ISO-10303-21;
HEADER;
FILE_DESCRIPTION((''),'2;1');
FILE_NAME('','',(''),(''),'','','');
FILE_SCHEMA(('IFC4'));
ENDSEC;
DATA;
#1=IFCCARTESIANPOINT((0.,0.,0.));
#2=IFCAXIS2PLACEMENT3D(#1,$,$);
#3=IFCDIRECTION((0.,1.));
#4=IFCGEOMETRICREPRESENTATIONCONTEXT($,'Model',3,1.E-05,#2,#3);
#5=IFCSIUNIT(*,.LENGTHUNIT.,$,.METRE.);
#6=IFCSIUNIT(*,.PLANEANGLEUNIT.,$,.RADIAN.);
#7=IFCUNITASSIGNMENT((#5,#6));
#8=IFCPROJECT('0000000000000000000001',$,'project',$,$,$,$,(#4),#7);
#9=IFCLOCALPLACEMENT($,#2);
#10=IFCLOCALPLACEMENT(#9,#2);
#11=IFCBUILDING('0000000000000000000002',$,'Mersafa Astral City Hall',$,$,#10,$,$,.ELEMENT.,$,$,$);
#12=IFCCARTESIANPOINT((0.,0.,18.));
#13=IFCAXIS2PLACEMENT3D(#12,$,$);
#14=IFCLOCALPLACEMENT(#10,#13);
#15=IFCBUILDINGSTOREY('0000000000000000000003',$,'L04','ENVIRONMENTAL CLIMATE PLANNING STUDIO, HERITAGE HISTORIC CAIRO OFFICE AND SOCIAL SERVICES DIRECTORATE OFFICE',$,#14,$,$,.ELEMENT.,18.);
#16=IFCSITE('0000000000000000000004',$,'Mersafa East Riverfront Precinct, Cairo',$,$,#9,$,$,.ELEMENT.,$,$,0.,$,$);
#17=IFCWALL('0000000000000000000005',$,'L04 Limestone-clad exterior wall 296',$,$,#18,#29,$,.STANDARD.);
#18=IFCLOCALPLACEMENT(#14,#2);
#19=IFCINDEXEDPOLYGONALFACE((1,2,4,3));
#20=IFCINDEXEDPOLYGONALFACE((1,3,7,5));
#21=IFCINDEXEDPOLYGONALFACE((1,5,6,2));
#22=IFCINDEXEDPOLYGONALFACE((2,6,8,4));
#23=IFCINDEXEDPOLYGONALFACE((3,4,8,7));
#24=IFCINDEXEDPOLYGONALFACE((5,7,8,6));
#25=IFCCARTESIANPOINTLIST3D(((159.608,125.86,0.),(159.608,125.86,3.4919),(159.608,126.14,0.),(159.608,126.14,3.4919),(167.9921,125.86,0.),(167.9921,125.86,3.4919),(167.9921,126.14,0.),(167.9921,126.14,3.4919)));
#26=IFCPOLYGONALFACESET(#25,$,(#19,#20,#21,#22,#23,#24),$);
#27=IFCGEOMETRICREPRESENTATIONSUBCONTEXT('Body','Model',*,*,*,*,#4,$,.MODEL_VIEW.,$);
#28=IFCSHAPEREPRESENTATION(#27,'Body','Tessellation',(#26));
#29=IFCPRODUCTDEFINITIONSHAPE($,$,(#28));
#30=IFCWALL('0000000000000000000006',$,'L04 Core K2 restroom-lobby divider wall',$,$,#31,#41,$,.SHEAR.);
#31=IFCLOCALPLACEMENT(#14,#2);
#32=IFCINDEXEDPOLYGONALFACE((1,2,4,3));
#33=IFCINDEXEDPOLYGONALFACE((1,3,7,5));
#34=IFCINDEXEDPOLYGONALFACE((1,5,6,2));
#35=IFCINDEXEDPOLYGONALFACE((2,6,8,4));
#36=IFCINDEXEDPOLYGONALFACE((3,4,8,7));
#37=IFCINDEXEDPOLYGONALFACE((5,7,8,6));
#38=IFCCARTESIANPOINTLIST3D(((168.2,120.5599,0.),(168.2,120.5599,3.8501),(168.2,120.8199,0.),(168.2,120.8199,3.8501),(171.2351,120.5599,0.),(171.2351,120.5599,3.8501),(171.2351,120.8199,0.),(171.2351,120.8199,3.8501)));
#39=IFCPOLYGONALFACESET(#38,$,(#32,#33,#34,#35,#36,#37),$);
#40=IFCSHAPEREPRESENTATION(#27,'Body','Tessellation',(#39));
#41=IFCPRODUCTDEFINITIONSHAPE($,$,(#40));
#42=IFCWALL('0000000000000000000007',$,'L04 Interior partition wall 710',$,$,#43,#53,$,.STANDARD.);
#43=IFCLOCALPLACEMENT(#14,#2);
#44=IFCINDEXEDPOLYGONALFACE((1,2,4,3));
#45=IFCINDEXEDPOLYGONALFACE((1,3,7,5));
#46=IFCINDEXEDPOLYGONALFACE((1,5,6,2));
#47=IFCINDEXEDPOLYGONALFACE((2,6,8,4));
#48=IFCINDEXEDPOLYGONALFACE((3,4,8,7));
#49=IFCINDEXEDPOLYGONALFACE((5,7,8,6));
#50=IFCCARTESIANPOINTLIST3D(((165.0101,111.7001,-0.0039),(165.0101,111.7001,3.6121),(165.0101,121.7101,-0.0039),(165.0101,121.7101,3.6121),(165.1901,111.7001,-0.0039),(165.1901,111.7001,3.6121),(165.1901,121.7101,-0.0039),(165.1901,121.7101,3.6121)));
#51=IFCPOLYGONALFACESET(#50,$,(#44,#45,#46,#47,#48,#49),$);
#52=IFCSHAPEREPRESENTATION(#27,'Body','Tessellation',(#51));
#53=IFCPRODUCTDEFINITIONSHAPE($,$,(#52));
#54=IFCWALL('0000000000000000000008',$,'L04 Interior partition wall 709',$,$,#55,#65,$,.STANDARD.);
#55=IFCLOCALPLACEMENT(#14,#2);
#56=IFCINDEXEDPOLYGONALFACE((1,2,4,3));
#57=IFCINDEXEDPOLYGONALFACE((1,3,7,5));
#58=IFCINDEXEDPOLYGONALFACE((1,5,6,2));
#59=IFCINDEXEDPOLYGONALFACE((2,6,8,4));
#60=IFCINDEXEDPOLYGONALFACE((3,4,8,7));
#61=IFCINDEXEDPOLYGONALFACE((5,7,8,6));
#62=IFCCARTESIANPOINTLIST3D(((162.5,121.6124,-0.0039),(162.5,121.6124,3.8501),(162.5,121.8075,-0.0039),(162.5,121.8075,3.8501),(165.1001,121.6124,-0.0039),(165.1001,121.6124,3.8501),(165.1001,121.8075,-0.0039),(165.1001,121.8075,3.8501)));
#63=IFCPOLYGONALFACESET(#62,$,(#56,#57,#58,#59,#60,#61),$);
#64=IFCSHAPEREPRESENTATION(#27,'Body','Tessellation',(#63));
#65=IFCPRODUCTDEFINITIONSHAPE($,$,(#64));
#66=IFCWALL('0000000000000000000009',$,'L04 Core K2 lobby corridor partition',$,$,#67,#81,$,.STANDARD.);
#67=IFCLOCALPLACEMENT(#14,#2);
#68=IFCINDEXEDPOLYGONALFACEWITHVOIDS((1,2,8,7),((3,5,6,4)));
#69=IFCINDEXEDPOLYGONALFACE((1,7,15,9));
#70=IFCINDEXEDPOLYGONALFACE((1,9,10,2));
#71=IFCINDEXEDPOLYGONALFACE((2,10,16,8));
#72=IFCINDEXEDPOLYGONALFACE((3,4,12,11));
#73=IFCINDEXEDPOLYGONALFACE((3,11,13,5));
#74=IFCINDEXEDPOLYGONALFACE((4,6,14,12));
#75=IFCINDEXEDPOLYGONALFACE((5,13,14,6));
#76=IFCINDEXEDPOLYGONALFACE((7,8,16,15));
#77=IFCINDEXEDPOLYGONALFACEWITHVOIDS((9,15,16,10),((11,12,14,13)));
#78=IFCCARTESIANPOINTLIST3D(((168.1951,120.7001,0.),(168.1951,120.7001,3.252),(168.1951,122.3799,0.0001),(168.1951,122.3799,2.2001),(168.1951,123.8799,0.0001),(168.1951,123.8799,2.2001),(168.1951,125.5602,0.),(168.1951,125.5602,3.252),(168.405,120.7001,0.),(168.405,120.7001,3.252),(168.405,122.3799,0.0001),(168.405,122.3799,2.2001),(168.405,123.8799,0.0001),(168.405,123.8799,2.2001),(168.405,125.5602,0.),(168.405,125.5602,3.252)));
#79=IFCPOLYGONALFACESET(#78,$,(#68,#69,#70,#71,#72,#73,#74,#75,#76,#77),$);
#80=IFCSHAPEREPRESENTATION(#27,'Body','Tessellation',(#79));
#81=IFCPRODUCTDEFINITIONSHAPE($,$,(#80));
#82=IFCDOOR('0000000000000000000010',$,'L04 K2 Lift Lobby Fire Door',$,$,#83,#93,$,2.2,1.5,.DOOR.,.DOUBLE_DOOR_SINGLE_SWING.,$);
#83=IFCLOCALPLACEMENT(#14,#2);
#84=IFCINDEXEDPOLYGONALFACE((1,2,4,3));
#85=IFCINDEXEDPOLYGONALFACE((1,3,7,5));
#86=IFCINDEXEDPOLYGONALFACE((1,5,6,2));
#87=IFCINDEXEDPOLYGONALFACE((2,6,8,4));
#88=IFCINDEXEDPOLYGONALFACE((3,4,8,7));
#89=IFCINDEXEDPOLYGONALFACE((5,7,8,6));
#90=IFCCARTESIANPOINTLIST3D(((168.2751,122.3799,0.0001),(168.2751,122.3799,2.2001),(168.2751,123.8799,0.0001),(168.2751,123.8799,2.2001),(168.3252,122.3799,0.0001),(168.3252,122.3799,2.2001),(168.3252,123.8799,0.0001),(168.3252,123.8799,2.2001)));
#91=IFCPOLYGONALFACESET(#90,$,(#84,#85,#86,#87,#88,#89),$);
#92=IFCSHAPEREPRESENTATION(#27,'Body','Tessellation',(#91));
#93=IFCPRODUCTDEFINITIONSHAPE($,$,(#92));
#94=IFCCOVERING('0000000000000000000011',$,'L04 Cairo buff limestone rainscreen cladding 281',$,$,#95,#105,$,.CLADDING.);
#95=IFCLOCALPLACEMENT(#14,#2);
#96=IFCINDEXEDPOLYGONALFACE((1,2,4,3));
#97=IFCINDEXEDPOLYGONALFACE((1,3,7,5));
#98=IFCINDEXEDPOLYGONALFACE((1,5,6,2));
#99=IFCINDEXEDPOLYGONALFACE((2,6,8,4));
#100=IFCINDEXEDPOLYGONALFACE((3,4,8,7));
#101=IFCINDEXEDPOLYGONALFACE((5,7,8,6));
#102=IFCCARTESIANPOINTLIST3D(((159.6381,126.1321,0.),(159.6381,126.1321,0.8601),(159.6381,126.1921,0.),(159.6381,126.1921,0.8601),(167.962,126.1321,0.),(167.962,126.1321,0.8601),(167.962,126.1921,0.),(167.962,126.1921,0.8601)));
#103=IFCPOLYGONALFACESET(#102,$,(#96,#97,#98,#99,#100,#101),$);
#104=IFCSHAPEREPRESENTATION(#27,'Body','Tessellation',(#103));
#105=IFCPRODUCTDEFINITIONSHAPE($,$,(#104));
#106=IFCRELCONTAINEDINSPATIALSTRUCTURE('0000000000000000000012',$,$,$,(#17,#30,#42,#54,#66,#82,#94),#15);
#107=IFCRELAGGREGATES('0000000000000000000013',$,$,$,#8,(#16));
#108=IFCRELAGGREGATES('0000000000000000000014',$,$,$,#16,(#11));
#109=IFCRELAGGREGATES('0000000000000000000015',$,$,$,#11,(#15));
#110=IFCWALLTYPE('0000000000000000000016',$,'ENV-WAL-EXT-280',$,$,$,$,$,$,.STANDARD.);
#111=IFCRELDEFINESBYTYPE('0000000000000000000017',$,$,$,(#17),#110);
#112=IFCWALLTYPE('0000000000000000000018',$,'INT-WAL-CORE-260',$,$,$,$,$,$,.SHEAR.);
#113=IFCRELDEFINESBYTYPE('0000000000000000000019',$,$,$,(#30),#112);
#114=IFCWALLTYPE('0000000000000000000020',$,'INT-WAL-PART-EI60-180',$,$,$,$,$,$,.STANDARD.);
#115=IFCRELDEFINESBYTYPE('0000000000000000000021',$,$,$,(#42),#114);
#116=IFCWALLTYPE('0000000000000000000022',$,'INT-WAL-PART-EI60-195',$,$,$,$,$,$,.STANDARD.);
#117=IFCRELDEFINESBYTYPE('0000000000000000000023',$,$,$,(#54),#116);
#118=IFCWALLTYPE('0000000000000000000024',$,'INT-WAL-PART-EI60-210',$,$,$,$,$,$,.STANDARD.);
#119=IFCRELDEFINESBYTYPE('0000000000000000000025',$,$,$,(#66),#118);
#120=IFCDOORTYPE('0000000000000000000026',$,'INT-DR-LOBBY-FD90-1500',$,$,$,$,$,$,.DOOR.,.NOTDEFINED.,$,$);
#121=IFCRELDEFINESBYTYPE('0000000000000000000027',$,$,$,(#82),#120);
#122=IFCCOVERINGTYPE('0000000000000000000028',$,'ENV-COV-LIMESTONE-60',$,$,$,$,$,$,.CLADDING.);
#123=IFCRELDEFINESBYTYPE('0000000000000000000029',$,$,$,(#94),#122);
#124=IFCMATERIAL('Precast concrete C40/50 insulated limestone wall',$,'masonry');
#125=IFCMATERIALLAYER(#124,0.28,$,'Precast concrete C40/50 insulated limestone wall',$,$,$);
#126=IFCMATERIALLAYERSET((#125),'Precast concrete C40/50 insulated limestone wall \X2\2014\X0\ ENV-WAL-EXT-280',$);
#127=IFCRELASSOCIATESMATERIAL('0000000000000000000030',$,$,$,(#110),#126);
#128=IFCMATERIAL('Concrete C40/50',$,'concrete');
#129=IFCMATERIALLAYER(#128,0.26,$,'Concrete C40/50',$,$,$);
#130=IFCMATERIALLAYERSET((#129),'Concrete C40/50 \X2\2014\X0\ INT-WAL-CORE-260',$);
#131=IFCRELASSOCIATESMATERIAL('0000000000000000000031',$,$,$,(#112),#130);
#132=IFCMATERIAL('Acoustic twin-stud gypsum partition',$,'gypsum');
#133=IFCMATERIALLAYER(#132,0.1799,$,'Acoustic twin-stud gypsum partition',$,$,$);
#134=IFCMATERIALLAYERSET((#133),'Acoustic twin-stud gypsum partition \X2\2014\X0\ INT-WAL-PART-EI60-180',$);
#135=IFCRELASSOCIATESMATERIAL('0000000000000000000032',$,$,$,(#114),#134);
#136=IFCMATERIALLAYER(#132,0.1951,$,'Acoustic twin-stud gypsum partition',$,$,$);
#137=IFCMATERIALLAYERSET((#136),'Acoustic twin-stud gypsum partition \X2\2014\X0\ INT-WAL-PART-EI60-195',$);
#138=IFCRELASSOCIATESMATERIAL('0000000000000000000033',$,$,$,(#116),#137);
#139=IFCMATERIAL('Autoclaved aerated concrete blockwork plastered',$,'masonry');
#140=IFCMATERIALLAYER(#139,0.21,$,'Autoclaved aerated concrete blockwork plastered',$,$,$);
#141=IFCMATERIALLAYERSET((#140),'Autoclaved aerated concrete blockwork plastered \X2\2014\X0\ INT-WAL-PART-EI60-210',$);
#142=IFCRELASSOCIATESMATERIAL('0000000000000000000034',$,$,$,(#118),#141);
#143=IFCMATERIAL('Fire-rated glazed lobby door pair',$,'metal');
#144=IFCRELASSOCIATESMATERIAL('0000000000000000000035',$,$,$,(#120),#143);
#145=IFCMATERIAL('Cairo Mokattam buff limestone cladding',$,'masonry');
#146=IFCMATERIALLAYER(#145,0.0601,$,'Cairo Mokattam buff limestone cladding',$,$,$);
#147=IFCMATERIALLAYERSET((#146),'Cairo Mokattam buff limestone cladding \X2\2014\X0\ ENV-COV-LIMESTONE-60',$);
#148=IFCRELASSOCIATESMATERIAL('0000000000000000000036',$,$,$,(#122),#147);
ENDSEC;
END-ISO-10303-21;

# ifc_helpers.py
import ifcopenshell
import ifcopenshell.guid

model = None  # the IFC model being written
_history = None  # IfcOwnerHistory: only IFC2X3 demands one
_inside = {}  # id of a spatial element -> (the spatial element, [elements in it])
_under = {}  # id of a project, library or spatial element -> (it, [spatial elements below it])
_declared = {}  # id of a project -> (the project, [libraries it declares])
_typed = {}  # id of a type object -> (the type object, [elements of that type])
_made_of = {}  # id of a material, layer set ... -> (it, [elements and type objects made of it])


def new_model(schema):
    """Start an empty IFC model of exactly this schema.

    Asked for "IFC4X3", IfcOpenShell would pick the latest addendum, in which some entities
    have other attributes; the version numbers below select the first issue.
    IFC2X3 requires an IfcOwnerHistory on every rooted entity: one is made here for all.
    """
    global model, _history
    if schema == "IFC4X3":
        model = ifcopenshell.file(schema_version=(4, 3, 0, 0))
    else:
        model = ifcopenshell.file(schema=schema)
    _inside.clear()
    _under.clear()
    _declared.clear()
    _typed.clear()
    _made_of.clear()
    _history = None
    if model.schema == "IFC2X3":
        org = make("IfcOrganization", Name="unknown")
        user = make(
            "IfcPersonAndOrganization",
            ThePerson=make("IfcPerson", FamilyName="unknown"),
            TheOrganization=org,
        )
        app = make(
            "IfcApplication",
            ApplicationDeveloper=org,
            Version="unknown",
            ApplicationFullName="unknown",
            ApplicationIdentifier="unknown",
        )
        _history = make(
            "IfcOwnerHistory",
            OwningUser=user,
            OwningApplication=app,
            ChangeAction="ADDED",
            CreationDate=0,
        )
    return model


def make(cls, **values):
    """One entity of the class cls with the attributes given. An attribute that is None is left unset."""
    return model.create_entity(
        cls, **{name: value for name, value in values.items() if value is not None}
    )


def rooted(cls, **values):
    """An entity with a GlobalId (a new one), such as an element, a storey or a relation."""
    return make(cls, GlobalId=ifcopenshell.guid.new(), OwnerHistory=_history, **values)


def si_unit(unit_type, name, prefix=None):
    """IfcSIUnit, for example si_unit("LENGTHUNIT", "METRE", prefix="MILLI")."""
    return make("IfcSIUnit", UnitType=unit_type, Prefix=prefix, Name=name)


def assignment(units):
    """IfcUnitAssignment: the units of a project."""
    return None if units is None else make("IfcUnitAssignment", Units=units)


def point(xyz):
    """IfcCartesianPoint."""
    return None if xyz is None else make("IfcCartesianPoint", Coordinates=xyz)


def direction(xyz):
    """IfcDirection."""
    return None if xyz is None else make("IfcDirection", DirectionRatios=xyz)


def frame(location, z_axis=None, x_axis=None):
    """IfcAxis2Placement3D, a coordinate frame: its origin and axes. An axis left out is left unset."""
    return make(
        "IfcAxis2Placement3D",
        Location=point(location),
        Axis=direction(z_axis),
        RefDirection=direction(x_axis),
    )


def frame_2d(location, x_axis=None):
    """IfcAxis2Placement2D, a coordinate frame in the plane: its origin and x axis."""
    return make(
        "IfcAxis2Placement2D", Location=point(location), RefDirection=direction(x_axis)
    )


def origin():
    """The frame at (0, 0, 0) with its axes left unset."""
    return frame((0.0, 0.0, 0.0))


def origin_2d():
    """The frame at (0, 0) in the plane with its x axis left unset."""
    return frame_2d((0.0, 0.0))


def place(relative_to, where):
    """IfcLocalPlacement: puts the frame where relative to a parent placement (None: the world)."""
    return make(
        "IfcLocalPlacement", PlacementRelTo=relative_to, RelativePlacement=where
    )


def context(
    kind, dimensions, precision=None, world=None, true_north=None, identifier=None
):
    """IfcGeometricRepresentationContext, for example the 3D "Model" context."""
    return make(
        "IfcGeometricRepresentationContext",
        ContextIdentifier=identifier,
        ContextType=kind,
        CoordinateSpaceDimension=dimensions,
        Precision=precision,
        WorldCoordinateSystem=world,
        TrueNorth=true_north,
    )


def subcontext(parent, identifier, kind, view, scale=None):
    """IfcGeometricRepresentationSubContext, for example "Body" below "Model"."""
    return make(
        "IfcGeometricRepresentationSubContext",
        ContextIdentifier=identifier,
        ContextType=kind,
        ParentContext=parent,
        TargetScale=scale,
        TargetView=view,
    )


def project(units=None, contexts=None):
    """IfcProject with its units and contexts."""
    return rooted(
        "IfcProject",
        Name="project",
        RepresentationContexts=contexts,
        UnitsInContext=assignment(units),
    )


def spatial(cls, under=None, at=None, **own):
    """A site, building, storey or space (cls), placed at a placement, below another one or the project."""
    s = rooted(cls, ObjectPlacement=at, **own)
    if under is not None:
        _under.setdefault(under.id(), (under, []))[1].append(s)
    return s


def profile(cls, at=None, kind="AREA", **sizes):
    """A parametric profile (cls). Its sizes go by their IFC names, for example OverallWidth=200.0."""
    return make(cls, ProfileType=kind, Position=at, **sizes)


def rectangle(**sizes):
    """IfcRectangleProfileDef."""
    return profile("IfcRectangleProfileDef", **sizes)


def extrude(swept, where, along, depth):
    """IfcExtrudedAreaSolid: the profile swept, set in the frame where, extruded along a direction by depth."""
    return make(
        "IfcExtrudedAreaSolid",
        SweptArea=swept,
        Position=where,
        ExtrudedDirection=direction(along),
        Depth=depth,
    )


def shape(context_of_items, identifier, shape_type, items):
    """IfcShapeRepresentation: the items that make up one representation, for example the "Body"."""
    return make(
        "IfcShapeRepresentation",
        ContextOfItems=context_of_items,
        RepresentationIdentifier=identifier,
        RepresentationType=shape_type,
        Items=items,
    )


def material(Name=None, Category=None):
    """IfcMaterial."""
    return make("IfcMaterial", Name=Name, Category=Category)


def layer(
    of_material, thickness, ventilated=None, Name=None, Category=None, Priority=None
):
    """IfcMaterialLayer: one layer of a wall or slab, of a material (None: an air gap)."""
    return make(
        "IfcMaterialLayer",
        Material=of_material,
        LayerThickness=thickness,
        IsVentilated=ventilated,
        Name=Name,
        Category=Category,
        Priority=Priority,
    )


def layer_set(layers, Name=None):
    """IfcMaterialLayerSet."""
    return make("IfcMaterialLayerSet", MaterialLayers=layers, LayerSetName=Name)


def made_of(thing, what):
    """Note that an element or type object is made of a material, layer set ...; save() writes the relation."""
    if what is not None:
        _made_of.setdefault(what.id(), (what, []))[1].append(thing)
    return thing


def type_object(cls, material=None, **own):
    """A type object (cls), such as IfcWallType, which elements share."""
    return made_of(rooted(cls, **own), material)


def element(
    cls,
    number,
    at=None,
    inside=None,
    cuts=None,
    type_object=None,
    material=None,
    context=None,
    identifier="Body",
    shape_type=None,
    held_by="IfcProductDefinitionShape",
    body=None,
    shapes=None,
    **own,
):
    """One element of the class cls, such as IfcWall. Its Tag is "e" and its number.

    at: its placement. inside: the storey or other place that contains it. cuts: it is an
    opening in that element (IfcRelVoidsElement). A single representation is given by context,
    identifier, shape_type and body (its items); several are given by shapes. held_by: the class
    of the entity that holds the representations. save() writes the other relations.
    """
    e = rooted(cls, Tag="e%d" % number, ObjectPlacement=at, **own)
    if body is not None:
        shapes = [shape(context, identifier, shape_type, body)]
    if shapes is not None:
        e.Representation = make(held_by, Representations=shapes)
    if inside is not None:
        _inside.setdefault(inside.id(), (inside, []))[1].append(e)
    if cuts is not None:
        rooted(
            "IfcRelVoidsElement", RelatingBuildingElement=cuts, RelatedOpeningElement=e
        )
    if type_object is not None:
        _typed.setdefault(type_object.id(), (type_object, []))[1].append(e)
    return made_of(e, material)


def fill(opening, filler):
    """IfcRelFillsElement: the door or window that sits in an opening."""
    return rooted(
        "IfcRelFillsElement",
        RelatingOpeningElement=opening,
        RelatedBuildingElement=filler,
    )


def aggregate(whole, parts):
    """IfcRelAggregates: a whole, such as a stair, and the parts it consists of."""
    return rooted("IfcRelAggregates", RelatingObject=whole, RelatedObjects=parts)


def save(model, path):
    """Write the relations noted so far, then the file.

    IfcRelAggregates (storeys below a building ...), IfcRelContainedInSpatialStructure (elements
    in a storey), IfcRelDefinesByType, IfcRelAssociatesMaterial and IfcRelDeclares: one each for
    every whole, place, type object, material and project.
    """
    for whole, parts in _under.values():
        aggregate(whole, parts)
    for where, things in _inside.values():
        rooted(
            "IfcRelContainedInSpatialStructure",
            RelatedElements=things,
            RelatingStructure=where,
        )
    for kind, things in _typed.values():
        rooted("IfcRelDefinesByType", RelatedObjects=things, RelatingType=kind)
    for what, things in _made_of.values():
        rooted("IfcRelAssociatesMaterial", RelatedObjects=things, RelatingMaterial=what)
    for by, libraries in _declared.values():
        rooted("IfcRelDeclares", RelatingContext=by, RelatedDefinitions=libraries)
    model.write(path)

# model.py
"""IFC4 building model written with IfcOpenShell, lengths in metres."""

from ifc_helpers import new_model, si_unit, direction, frame, frame_2d, origin, origin_2d, place, context, subcontext, project, spatial, rectangle, extrude, material, layer, layer_set, type_object, element, fill, save


model = new_model("IFC4")

# Units and contexts
model_context = context("Model", 3, precision=1e-05, world=origin(), true_north=direction((0.0, 1.0)))
body_context = subcontext(model_context, "Body", "Model", "MODEL_VIEW")
ifc_project = project(units=[si_unit("LENGTHUNIT", "METRE"), si_unit("PLANEANGLEUNIT", "RADIAN")], contexts=[model_context])

# Site, building, storey
site_placement = place(None, origin())
site = spatial("IfcSite", under=ifc_project, at=site_placement, Name="Mersafa East Riverfront Precinct, Cairo", CompositionType="ELEMENT", RefElevation=0.0)
building_placement = place(site_placement, origin())
building = spatial("IfcBuilding", under=site, at=building_placement, Name="Mersafa Astral City Hall", CompositionType="ELEMENT")
storey_placement = place(building_placement, frame((0.0, 0.0, 18.0)))
storey = spatial("IfcBuildingStorey", under=building, at=storey_placement, Name="L04", Description="ENVIRONMENTAL CLIMATE PLANNING STUDIO, HERITAGE HISTORIC CAIRO OFFICE AND SOCIAL SERVICES DIRECTORATE OFFICE", CompositionType="ELEMENT", Elevation=18.0)

# Walls
ifc_material_1 = material(Name="Precast concrete C40/50 insulated limestone wall", Category="masonry")
ifc_layer_1 = layer(ifc_material_1, 0.28, Name="Precast concrete C40/50 insulated limestone wall")
ifc_layer_set_1 = layer_set([ifc_layer_1], Name="Precast concrete C40/50 insulated limestone wall — ENV-WAL-EXT-280")
wall_type_1 = type_object("IfcWallType", Name="ENV-WAL-EXT-280", PredefinedType="STANDARD", material=ifc_layer_set_1)
wall_1_placement = place(storey_placement, frame((167.9919, 126.0, 0.0), z_axis=(0.0, 0.0, 1.0), x_axis=(-1.0, 0.0, 0.0)))
element("IfcWall", 1, at=wall_1_placement, inside=storey, type_object=wall_type_1, Name="L04 Limestone-clad exterior wall 296", PredefinedType="STANDARD", context=body_context, shape_type="SweptSolid", body=[
    extrude(rectangle(XDim=8.384, YDim=0.28, at=frame_2d((4.1919, 0.0))), origin(), (0.0, 0.0, 1.0), 3.4919),
])
ifc_material_2 = material(Name="Concrete C40/50", Category="concrete")
ifc_layer_2 = layer(ifc_material_2, 0.26, Name="Concrete C40/50")
ifc_layer_set_2 = layer_set([ifc_layer_2], Name="Concrete C40/50 — INT-WAL-CORE-260")
wall_type_2 = type_object("IfcWallType", Name="INT-WAL-CORE-260", PredefinedType="SHEAR", material=ifc_layer_set_2)
wall_2_placement = place(storey_placement, frame((168.2, 120.6899, 0.0), z_axis=(0.0, 0.0, 1.0), x_axis=(1.0, 0.0, 0.0)))
element("IfcWall", 2, at=wall_2_placement, inside=storey, type_object=wall_type_2, Name="L04 Core K2 restroom-lobby divider wall", PredefinedType="SHEAR", context=body_context, shape_type="SweptSolid", body=[
    extrude(rectangle(XDim=3.0352, YDim=0.26, at=frame_2d((1.5176, 0.0))), origin(), (0.0, 0.0, 1.0), 3.8501),
])

# Walls
ifc_material_3 = material(Name="Acoustic twin-stud gypsum partition", Category="gypsum")
ifc_layer_3 = layer(ifc_material_3, 0.1799, Name="Acoustic twin-stud gypsum partition")
ifc_layer_set_3 = layer_set([ifc_layer_3], Name="Acoustic twin-stud gypsum partition — INT-WAL-PART-EI60-180")
wall_type_3 = type_object("IfcWallType", Name="INT-WAL-PART-EI60-180", PredefinedType="STANDARD", material=ifc_layer_set_3)
wall_3_placement = place(storey_placement, frame((165.1001, 121.71, -0.0039), z_axis=(0.0, 0.0, 1.0), x_axis=(0.0, -1.0, 0.0)))
element("IfcWall", 3, at=wall_3_placement, inside=storey, type_object=wall_type_3, Name="L04 Interior partition wall 710", PredefinedType="STANDARD", context=body_context, shape_type="SweptSolid", body=[
    extrude(rectangle(XDim=10.01, YDim=0.1799, at=frame_2d((5.0049, 0.0))), origin(), (0.0, 0.0, 1.0), 3.616),
])
ifc_layer_4 = layer(ifc_material_3, 0.1951, Name="Acoustic twin-stud gypsum partition")
ifc_layer_set_4 = layer_set([ifc_layer_4], Name="Acoustic twin-stud gypsum partition — INT-WAL-PART-EI60-195")
wall_type_4 = type_object("IfcWallType", Name="INT-WAL-PART-EI60-195", PredefinedType="STANDARD", material=ifc_layer_set_4)
wall_4_placement = place(storey_placement, frame((162.5, 121.71, -0.0039), z_axis=(0.0, 0.0, 1.0), x_axis=(1.0, 0.0, 0.0)))
element("IfcWall", 4, at=wall_4_placement, inside=storey, type_object=wall_type_4, Name="L04 Interior partition wall 709", PredefinedType="STANDARD", context=body_context, shape_type="SweptSolid", body=[
    extrude(rectangle(XDim=2.6001, YDim=0.1951, at=frame_2d((1.3, 0.0))), origin(), (0.0, 0.0, 1.0), 3.854),
])

# Wall, opening, door
ifc_material_4 = material(Name="Autoclaved aerated concrete blockwork plastered", Category="masonry")
ifc_layer_5 = layer(ifc_material_4, 0.21, Name="Autoclaved aerated concrete blockwork plastered")
ifc_layer_set_5 = layer_set([ifc_layer_5], Name="Autoclaved aerated concrete blockwork plastered — INT-WAL-PART-EI60-210")
wall_type_5 = type_object("IfcWallType", Name="INT-WAL-PART-EI60-210", PredefinedType="STANDARD", material=ifc_layer_set_5)
wall_5_placement = place(storey_placement, frame((168.3, 120.7, 0.0), z_axis=(0.0, 0.0, 1.0), x_axis=(0.0, 1.0, 0.0)))
wall_5 = element("IfcWall", 5, at=wall_5_placement, inside=storey, type_object=wall_type_5, Name="L04 Core K2 lobby corridor partition", PredefinedType="STANDARD", context=body_context, shape_type="SweptSolid", body=[
    extrude(rectangle(XDim=4.8601, YDim=0.21, at=frame_2d((2.4302, 0.0))), origin(), (0.0, 0.0, 1.0), 3.252),
])
opening_1_placement = place(wall_5_placement, frame((1.6799, 0.0, 0.0)))
opening_1 = element("IfcOpeningElement", 6, at=opening_1_placement, cuts=wall_5, PredefinedType="OPENING", context=body_context, shape_type="SweptSolid", body=[
    extrude(rectangle(XDim=1.5, YDim=2.2, at=frame_2d((0.75, 1.1001))), frame((0.0, 0.115, 0.0), z_axis=(0.0, -1.0, 0.0), x_axis=(1.0, 0.0, 0.0)), (0.0, 0.0, 1.0), 0.23),
])
ifc_material_5 = material(Name="Fire-rated glazed lobby door pair", Category="metal")
door_type_1 = type_object("IfcDoorType", Name="INT-DR-LOBBY-FD90-1500", OperationType="NOTDEFINED", PredefinedType="DOOR", material=ifc_material_5)
door_1_placement = place(opening_1_placement, origin())
door_1 = element("IfcDoor", 7, at=door_1_placement, inside=storey, type_object=door_type_1, Name="L04 K2 Lift Lobby Fire Door", OperationType="DOUBLE_DOOR_SINGLE_SWING", OverallHeight=2.2, OverallWidth=1.5, PredefinedType="DOOR", context=body_context, shape_type="SweptSolid", body=[
    extrude(rectangle(XDim=1.5, YDim=2.2, at=frame_2d((0.75, 1.1001))), frame((0.0, 0.0249, 0.0), z_axis=(0.0, -1.0, 0.0), x_axis=(1.0, 0.0, 0.0)), (0.0, 0.0, 1.0), 0.05),
])
fill(opening_1, door_1)

# Covering
ifc_material_6 = material(Name="Cairo Mokattam buff limestone cladding", Category="masonry")
ifc_layer_6 = layer(ifc_material_6, 0.0601, Name="Cairo Mokattam buff limestone cladding")
ifc_layer_set_6 = layer_set([ifc_layer_6], Name="Cairo Mokattam buff limestone cladding — ENV-COV-LIMESTONE-60")
covering_type = type_object("IfcCoveringType", Name="ENV-COV-LIMESTONE-60", PredefinedType="CLADDING", material=ifc_layer_set_6)
covering_placement = place(storey_placement, frame((163.8, 126.1621, 0.0), z_axis=(0.0, 0.0, 1.0), x_axis=(-1.0, 0.0, 0.0)))
element("IfcCovering", 8, at=covering_placement, inside=storey, type_object=covering_type, Name="L04 Cairo buff limestone rainscreen cladding 281", PredefinedType="CLADDING", context=body_context, shape_type="SweptSolid", body=[
    extrude(rectangle(XDim=8.324, YDim=0.0601, at=origin_2d()), origin(), (0.0, 0.0, 1.0), 0.8601),
])

save(model, "model.ifc")
